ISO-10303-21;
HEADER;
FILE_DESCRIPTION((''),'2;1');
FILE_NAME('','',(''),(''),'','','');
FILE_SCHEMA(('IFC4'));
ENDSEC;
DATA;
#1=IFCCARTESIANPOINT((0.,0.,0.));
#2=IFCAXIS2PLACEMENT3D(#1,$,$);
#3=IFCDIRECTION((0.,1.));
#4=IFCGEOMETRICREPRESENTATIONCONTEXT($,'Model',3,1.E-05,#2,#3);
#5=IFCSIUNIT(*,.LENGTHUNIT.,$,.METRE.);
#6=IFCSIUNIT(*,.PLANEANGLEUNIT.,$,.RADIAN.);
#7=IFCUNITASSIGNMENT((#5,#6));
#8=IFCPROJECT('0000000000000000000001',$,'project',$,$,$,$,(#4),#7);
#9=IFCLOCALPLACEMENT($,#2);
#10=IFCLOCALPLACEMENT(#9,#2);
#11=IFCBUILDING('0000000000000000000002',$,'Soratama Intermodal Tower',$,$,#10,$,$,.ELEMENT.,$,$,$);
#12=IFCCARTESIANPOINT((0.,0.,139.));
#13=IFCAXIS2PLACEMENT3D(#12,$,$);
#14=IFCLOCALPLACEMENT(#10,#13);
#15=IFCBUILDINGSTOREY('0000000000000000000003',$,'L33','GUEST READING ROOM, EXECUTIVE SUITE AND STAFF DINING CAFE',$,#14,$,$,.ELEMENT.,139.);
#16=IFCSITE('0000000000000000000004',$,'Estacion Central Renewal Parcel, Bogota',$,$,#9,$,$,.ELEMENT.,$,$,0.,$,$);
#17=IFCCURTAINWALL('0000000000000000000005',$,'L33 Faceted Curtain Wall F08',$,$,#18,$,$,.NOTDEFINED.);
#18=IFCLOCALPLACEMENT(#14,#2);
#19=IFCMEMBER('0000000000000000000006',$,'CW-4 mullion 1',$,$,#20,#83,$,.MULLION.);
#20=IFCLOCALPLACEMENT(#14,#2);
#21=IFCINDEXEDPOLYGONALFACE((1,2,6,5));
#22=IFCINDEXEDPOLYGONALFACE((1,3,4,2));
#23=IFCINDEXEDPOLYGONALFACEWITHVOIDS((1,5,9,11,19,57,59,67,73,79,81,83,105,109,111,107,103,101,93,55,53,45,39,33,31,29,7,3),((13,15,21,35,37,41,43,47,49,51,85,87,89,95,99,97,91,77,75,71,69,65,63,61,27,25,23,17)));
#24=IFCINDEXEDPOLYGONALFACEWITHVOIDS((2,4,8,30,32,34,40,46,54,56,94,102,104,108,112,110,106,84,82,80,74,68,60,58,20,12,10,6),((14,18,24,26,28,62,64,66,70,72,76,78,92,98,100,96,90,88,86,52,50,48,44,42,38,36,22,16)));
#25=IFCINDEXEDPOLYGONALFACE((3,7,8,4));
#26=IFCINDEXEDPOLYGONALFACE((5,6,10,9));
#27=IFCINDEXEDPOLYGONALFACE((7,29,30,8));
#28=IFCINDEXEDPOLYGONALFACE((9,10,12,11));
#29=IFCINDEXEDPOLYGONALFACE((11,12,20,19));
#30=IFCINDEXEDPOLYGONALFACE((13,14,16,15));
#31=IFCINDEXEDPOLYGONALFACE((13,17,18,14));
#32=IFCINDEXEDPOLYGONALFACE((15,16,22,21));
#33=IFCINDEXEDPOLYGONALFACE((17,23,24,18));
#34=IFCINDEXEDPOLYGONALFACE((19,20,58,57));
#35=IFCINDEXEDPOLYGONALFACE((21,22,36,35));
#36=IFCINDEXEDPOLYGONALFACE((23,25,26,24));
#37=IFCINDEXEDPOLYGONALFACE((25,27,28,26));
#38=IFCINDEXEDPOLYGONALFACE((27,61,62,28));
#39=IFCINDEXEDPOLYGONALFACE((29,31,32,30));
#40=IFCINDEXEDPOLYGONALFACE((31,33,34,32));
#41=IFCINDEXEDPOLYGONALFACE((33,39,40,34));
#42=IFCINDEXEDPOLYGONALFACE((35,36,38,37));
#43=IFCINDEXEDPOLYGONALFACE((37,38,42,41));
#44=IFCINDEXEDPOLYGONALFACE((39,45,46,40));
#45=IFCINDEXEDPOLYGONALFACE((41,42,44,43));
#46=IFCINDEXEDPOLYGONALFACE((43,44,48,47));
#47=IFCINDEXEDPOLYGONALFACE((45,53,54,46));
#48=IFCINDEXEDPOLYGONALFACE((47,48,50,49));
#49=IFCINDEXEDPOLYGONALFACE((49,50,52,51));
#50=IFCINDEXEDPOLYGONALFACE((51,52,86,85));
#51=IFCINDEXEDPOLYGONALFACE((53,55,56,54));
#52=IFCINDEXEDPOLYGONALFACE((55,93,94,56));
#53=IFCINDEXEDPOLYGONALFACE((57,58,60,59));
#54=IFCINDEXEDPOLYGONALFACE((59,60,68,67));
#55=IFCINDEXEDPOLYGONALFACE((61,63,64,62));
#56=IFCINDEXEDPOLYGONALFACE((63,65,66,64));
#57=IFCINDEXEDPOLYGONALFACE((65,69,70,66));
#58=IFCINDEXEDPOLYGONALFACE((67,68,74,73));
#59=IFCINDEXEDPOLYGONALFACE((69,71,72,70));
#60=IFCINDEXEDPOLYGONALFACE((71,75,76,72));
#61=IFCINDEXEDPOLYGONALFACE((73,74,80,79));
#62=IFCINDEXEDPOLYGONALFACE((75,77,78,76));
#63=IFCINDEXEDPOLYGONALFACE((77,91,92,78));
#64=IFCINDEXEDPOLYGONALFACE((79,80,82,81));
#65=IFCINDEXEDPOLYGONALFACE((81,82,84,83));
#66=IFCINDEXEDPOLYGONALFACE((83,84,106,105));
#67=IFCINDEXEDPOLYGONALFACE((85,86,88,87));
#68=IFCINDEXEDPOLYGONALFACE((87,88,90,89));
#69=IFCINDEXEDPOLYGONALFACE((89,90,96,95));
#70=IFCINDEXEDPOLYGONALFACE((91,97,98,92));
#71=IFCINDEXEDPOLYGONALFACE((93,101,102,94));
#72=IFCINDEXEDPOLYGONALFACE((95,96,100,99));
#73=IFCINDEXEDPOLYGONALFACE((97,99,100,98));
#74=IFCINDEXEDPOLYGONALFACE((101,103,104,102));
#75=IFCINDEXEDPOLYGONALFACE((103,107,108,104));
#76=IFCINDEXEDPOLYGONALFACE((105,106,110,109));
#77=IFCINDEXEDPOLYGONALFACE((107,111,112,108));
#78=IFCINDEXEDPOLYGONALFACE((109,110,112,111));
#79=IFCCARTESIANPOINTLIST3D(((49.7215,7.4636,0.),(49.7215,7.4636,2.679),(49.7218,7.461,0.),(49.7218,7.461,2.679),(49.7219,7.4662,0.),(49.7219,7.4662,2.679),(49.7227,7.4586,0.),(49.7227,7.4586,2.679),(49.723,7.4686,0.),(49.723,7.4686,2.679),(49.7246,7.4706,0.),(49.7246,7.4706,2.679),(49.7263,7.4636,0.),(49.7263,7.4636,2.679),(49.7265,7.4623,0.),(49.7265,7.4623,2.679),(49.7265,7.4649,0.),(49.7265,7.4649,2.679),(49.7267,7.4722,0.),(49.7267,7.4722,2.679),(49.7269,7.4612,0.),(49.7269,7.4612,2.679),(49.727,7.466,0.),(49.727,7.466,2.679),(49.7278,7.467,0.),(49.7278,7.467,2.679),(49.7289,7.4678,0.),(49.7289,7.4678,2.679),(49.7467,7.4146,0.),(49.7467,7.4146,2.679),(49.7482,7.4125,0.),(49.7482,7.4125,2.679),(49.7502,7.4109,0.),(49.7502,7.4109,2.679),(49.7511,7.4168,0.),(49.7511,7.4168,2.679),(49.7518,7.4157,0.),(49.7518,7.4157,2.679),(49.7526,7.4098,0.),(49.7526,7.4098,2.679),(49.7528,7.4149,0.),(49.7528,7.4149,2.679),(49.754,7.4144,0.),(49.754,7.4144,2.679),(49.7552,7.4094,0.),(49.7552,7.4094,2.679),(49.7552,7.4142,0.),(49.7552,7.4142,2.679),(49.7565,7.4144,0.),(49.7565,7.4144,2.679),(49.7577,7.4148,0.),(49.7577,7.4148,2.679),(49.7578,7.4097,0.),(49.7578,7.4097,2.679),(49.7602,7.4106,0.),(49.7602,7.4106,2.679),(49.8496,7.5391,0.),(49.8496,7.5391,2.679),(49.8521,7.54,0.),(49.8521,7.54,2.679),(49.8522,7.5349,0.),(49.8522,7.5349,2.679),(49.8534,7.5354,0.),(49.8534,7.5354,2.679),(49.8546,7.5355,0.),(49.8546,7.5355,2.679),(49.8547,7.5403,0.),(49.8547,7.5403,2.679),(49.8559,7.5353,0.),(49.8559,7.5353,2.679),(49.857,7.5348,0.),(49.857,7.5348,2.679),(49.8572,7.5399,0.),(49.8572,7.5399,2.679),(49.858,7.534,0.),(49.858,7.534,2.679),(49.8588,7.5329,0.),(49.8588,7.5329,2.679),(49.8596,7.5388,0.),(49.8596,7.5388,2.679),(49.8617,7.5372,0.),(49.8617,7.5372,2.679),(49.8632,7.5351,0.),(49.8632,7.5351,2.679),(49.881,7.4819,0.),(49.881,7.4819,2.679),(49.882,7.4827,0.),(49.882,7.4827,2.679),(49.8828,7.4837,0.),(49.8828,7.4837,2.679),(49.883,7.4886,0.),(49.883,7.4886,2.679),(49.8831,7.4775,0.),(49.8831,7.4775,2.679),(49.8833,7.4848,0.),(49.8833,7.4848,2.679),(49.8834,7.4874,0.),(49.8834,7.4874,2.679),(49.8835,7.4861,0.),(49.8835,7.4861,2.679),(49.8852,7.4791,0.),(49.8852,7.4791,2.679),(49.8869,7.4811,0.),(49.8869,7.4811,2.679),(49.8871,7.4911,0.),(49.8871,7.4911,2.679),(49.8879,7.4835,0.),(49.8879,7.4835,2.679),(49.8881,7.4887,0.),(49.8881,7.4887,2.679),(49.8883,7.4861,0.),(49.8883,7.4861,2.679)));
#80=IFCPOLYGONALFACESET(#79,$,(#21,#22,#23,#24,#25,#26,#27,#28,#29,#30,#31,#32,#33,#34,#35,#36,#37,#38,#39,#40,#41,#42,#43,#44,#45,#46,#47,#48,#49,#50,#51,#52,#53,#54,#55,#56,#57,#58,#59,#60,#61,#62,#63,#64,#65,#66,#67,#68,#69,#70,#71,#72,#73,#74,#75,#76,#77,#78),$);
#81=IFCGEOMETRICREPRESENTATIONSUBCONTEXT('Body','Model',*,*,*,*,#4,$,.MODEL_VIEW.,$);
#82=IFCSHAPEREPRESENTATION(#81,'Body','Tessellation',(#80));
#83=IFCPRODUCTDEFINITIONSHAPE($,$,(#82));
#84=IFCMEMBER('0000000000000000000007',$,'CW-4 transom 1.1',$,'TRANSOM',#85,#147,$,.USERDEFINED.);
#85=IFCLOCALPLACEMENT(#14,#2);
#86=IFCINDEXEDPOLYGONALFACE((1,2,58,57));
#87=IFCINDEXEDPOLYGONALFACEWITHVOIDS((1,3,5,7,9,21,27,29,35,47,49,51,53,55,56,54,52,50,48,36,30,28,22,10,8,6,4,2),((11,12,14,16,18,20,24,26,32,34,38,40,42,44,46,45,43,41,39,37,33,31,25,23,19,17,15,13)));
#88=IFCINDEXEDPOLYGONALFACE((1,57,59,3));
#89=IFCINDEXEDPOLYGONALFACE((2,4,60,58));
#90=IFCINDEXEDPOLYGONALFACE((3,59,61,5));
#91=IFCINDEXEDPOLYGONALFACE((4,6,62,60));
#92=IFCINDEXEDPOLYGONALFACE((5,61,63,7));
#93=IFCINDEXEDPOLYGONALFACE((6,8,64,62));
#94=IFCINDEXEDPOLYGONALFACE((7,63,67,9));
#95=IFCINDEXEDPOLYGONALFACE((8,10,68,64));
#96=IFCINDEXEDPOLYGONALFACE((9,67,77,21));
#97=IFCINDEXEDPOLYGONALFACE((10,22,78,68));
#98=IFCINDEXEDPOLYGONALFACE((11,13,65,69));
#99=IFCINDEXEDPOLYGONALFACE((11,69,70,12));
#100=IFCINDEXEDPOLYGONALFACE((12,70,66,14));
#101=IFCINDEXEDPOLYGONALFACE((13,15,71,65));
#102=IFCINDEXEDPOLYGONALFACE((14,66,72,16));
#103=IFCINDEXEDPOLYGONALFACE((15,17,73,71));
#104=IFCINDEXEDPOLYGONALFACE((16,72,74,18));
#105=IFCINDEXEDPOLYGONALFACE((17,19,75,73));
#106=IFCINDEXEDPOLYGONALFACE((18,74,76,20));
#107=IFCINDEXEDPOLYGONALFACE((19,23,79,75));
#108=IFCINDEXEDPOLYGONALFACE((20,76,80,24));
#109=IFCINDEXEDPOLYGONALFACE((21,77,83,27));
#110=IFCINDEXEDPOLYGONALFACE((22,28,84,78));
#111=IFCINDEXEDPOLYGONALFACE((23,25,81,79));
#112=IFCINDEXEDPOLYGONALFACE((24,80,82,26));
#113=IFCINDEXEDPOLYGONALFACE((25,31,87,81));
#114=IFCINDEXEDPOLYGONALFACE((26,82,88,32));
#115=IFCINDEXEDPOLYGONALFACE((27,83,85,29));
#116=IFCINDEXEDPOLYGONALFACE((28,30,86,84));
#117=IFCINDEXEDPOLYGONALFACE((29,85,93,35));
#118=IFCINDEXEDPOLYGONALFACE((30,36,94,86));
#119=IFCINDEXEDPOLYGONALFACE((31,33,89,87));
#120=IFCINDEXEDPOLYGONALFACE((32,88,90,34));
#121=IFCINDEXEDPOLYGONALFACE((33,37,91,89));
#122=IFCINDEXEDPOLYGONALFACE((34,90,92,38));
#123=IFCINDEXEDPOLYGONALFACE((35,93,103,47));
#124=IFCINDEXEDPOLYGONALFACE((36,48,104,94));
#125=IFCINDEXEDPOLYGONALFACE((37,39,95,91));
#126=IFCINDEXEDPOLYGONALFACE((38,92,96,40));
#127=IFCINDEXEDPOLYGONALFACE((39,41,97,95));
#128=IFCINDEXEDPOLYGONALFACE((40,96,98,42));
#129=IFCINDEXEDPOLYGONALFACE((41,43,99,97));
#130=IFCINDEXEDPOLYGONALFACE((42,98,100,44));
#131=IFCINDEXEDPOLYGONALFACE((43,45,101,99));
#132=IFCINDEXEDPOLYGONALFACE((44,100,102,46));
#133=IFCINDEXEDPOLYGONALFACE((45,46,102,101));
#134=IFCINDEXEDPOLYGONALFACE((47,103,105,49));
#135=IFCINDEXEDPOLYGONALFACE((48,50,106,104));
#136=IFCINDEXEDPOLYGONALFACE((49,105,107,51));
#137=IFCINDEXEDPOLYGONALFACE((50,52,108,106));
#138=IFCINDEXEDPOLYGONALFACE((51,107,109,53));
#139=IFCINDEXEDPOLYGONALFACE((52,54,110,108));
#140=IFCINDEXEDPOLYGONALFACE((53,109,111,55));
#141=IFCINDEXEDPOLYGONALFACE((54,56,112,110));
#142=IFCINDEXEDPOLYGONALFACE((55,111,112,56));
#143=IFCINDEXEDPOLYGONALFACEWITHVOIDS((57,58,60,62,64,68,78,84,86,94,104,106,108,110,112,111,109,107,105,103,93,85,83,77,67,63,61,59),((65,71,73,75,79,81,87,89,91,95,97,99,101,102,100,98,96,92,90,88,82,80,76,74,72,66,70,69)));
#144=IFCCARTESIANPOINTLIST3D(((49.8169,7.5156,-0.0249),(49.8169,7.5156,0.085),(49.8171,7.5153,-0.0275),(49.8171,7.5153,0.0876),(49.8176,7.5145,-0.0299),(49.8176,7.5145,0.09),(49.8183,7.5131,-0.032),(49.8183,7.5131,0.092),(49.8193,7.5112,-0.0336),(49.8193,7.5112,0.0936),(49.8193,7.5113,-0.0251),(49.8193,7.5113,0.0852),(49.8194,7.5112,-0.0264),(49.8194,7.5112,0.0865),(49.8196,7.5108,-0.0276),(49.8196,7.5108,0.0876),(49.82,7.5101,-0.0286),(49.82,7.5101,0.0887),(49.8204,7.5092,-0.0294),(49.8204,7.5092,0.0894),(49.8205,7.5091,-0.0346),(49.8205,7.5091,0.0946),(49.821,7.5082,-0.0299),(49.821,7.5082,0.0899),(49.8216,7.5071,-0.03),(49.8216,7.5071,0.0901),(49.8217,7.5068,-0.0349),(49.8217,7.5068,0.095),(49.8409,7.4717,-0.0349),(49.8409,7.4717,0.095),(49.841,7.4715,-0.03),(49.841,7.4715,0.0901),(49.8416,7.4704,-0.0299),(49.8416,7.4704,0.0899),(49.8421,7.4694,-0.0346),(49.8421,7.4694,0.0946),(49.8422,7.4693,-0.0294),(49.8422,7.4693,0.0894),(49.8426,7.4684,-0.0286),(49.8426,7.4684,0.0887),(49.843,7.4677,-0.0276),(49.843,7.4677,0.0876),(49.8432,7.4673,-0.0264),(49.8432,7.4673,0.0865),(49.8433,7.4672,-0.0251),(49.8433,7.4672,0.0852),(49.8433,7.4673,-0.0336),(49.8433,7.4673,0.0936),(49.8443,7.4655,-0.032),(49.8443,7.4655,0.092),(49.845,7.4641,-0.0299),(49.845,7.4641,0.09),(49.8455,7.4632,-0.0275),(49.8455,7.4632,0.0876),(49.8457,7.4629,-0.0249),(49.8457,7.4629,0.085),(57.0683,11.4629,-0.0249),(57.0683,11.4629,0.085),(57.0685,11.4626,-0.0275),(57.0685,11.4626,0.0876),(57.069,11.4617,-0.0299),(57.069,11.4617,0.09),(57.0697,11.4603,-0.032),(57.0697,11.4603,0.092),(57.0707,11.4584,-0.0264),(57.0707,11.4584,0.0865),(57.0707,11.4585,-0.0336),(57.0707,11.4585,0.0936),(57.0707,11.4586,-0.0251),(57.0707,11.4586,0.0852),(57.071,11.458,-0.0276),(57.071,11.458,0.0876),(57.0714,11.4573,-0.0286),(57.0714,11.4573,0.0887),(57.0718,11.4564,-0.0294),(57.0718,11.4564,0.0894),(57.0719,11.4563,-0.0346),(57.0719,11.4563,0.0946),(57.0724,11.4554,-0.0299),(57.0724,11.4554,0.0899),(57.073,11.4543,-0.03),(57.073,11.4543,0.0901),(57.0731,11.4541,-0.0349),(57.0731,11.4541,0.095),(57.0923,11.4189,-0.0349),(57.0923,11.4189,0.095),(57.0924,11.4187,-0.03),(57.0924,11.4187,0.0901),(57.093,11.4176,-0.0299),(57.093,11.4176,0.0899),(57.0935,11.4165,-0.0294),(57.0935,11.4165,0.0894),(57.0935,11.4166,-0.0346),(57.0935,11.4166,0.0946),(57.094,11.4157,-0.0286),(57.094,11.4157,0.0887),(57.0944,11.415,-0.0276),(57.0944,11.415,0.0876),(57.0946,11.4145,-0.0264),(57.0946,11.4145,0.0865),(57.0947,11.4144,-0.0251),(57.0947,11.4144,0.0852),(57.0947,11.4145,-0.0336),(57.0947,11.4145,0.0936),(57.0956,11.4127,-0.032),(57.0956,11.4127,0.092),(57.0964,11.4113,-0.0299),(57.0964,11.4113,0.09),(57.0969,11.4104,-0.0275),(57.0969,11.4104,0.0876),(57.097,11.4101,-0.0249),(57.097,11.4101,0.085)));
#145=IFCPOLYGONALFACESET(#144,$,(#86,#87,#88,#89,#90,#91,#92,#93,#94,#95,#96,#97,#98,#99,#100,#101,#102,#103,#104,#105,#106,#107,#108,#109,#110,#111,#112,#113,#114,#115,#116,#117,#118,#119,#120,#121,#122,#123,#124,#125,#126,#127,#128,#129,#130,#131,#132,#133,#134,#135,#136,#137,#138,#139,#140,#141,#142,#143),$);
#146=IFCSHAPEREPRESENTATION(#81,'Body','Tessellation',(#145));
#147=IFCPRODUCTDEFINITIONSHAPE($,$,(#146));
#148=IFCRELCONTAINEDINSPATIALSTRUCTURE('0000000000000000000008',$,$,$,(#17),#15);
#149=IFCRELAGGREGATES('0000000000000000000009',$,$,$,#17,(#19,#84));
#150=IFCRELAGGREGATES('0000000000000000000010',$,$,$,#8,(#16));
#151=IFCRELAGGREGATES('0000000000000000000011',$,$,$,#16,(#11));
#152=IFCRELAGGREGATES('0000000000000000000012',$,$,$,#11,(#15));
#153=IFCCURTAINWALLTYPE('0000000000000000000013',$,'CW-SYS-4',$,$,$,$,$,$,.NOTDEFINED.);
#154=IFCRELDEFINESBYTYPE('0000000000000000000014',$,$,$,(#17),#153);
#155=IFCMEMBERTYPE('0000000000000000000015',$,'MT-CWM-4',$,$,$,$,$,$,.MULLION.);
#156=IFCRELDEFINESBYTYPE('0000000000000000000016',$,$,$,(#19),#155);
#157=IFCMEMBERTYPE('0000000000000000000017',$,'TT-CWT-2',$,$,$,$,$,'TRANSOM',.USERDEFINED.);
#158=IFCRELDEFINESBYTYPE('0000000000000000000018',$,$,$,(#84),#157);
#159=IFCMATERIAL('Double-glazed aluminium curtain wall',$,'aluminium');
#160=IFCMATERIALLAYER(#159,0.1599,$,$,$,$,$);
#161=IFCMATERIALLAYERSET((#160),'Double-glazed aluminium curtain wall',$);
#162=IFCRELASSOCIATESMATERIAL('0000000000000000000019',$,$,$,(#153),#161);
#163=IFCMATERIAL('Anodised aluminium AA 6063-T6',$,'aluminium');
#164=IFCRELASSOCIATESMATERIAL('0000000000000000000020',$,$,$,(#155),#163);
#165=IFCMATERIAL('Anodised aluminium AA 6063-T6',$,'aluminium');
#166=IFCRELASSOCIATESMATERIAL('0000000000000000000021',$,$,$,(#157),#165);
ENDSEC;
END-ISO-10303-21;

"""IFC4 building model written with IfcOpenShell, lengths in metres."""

from ifc_helpers import new_model, si_unit, direction, frame, origin, origin_2d, place, context, subcontext, project, spatial, hollow_rectangle, extrude, material, layer, layer_set, material_profile, profile_set, type_object, element, aggregate, save


model = new_model("IFC4")

# Units and contexts
model_context = context("Model", 3, precision=1e-05, world=origin(), true_north=direction((0.0, 1.0)))
body_context = subcontext(model_context, "Body", "Model", "MODEL_VIEW")
ifc_project = project(units=[si_unit("LENGTHUNIT", "METRE"), si_unit("PLANEANGLEUNIT", "RADIAN")], contexts=[model_context])

# Site, building, storey
site_placement = place(None, origin())
site = spatial("IfcSite", under=ifc_project, at=site_placement, Name="Estacion Central Renewal Parcel, Bogota", CompositionType="ELEMENT", RefElevation=0.0)
building_placement = place(site_placement, origin())
building = spatial("IfcBuilding", under=site, at=building_placement, Name="Soratama Intermodal Tower", CompositionType="ELEMENT")
storey_placement = place(building_placement, frame((0.0, 0.0, 139.0)))
storey = spatial("IfcBuildingStorey", under=building, at=storey_placement, Name="L33", Description="GUEST READING ROOM, EXECUTIVE SUITE AND STAFF DINING CAFE", CompositionType="ELEMENT", Elevation=139.0)

# Curtain wall, members
ifc_material_1 = material(Name="Double-glazed aluminium curtain wall", Category="aluminium")
ifc_layer_1 = layer(ifc_material_1, 0.1599)
ifc_layer_set_1 = layer_set([ifc_layer_1], Name="Double-glazed aluminium curtain wall")
curtain_wall_type = type_object("IfcCurtainWallType", Name="CW-SYS-4", PredefinedType="NOTDEFINED", material=ifc_layer_set_1)
curtain_wall_placement = place(storey_placement, origin())
curtain_wall = element("IfcCurtainWall", 1, at=curtain_wall_placement, inside=storey, type_object=curtain_wall_type, Name="L33 Faceted Curtain Wall F08", PredefinedType="NOTDEFINED")
ifc_material_2 = material(Name="Anodised aluminium AA 6063-T6", Category="aluminium")
ifc_material_profile_1 = material_profile(ifc_material_2, hollow_rectangle(XDim=0.0701, YDim=0.1599, WallThickness=0.0049, InnerFilletRadius=0.0049, OuterFilletRadius=0.01, at=origin_2d()), Name="CWM160X70X5")
ifc_profile_set_1 = profile_set([ifc_material_profile_1], Name="Anodised aluminium AA 6063-T6")
member_type_1 = type_object("IfcMemberType", Name="MT-CWM-4", PredefinedType="MULLION", material=ifc_profile_set_1)
member_1_placement = place(storey_placement, frame((49.8049, 7.4749, 0.0), z_axis=(0.0, 0.0, 1.0), x_axis=(-0.478083, 0.878315, 0.0)))
member_1 = element("IfcMember", 2, at=member_1_placement, type_object=member_type_1, Name="CW-4 mullion 1", PredefinedType="MULLION", context=body_context, shape_type="SweptSolid", body=[
    extrude(hollow_rectangle(XDim=0.0701, YDim=0.1599, WallThickness=0.0049, InnerFilletRadius=0.0049, OuterFilletRadius=0.01, at=origin_2d()), origin(), (0.0, 0.0, 1.0), 2.679),
])
ifc_material_3 = material(Name="Anodised aluminium AA 6063-T6", Category="aluminium")
ifc_material_profile_2 = material_profile(ifc_material_3, hollow_rectangle(XDim=0.0601, YDim=0.1299, WallThickness=0.0049, InnerFilletRadius=0.0049, OuterFilletRadius=0.01, at=origin_2d()), Name="CWT130X60X5")
ifc_profile_set_2 = profile_set([ifc_material_profile_2], Name="Anodised aluminium AA 6063-T6")
member_type_2 = type_object("IfcMemberType", Name="TT-CWT-2", ElementType="TRANSOM", PredefinedType="USERDEFINED", material=ifc_profile_set_2)
member_2_placement = place(storey_placement, frame((49.8313, 7.4893, 0.03), z_axis=(0.878307, 0.478098, 0.0), x_axis=(-0.478098, 0.878307, 0.0)))
member_2 = element("IfcMember", 3, at=member_2_placement, type_object=member_type_2, Name="CW-4 transom 1.1", ObjectType="TRANSOM", PredefinedType="USERDEFINED", context=body_context, shape_type="SweptSolid", body=[
    extrude(hollow_rectangle(XDim=0.0601, YDim=0.1299, WallThickness=0.0049, InnerFilletRadius=0.0049, OuterFilletRadius=0.01, at=origin_2d()), origin(), (0.0, 0.0, 1.0), 8.2561),
])
aggregate(curtain_wall, [member_1, member_2])

save(model, "model.ifc")
